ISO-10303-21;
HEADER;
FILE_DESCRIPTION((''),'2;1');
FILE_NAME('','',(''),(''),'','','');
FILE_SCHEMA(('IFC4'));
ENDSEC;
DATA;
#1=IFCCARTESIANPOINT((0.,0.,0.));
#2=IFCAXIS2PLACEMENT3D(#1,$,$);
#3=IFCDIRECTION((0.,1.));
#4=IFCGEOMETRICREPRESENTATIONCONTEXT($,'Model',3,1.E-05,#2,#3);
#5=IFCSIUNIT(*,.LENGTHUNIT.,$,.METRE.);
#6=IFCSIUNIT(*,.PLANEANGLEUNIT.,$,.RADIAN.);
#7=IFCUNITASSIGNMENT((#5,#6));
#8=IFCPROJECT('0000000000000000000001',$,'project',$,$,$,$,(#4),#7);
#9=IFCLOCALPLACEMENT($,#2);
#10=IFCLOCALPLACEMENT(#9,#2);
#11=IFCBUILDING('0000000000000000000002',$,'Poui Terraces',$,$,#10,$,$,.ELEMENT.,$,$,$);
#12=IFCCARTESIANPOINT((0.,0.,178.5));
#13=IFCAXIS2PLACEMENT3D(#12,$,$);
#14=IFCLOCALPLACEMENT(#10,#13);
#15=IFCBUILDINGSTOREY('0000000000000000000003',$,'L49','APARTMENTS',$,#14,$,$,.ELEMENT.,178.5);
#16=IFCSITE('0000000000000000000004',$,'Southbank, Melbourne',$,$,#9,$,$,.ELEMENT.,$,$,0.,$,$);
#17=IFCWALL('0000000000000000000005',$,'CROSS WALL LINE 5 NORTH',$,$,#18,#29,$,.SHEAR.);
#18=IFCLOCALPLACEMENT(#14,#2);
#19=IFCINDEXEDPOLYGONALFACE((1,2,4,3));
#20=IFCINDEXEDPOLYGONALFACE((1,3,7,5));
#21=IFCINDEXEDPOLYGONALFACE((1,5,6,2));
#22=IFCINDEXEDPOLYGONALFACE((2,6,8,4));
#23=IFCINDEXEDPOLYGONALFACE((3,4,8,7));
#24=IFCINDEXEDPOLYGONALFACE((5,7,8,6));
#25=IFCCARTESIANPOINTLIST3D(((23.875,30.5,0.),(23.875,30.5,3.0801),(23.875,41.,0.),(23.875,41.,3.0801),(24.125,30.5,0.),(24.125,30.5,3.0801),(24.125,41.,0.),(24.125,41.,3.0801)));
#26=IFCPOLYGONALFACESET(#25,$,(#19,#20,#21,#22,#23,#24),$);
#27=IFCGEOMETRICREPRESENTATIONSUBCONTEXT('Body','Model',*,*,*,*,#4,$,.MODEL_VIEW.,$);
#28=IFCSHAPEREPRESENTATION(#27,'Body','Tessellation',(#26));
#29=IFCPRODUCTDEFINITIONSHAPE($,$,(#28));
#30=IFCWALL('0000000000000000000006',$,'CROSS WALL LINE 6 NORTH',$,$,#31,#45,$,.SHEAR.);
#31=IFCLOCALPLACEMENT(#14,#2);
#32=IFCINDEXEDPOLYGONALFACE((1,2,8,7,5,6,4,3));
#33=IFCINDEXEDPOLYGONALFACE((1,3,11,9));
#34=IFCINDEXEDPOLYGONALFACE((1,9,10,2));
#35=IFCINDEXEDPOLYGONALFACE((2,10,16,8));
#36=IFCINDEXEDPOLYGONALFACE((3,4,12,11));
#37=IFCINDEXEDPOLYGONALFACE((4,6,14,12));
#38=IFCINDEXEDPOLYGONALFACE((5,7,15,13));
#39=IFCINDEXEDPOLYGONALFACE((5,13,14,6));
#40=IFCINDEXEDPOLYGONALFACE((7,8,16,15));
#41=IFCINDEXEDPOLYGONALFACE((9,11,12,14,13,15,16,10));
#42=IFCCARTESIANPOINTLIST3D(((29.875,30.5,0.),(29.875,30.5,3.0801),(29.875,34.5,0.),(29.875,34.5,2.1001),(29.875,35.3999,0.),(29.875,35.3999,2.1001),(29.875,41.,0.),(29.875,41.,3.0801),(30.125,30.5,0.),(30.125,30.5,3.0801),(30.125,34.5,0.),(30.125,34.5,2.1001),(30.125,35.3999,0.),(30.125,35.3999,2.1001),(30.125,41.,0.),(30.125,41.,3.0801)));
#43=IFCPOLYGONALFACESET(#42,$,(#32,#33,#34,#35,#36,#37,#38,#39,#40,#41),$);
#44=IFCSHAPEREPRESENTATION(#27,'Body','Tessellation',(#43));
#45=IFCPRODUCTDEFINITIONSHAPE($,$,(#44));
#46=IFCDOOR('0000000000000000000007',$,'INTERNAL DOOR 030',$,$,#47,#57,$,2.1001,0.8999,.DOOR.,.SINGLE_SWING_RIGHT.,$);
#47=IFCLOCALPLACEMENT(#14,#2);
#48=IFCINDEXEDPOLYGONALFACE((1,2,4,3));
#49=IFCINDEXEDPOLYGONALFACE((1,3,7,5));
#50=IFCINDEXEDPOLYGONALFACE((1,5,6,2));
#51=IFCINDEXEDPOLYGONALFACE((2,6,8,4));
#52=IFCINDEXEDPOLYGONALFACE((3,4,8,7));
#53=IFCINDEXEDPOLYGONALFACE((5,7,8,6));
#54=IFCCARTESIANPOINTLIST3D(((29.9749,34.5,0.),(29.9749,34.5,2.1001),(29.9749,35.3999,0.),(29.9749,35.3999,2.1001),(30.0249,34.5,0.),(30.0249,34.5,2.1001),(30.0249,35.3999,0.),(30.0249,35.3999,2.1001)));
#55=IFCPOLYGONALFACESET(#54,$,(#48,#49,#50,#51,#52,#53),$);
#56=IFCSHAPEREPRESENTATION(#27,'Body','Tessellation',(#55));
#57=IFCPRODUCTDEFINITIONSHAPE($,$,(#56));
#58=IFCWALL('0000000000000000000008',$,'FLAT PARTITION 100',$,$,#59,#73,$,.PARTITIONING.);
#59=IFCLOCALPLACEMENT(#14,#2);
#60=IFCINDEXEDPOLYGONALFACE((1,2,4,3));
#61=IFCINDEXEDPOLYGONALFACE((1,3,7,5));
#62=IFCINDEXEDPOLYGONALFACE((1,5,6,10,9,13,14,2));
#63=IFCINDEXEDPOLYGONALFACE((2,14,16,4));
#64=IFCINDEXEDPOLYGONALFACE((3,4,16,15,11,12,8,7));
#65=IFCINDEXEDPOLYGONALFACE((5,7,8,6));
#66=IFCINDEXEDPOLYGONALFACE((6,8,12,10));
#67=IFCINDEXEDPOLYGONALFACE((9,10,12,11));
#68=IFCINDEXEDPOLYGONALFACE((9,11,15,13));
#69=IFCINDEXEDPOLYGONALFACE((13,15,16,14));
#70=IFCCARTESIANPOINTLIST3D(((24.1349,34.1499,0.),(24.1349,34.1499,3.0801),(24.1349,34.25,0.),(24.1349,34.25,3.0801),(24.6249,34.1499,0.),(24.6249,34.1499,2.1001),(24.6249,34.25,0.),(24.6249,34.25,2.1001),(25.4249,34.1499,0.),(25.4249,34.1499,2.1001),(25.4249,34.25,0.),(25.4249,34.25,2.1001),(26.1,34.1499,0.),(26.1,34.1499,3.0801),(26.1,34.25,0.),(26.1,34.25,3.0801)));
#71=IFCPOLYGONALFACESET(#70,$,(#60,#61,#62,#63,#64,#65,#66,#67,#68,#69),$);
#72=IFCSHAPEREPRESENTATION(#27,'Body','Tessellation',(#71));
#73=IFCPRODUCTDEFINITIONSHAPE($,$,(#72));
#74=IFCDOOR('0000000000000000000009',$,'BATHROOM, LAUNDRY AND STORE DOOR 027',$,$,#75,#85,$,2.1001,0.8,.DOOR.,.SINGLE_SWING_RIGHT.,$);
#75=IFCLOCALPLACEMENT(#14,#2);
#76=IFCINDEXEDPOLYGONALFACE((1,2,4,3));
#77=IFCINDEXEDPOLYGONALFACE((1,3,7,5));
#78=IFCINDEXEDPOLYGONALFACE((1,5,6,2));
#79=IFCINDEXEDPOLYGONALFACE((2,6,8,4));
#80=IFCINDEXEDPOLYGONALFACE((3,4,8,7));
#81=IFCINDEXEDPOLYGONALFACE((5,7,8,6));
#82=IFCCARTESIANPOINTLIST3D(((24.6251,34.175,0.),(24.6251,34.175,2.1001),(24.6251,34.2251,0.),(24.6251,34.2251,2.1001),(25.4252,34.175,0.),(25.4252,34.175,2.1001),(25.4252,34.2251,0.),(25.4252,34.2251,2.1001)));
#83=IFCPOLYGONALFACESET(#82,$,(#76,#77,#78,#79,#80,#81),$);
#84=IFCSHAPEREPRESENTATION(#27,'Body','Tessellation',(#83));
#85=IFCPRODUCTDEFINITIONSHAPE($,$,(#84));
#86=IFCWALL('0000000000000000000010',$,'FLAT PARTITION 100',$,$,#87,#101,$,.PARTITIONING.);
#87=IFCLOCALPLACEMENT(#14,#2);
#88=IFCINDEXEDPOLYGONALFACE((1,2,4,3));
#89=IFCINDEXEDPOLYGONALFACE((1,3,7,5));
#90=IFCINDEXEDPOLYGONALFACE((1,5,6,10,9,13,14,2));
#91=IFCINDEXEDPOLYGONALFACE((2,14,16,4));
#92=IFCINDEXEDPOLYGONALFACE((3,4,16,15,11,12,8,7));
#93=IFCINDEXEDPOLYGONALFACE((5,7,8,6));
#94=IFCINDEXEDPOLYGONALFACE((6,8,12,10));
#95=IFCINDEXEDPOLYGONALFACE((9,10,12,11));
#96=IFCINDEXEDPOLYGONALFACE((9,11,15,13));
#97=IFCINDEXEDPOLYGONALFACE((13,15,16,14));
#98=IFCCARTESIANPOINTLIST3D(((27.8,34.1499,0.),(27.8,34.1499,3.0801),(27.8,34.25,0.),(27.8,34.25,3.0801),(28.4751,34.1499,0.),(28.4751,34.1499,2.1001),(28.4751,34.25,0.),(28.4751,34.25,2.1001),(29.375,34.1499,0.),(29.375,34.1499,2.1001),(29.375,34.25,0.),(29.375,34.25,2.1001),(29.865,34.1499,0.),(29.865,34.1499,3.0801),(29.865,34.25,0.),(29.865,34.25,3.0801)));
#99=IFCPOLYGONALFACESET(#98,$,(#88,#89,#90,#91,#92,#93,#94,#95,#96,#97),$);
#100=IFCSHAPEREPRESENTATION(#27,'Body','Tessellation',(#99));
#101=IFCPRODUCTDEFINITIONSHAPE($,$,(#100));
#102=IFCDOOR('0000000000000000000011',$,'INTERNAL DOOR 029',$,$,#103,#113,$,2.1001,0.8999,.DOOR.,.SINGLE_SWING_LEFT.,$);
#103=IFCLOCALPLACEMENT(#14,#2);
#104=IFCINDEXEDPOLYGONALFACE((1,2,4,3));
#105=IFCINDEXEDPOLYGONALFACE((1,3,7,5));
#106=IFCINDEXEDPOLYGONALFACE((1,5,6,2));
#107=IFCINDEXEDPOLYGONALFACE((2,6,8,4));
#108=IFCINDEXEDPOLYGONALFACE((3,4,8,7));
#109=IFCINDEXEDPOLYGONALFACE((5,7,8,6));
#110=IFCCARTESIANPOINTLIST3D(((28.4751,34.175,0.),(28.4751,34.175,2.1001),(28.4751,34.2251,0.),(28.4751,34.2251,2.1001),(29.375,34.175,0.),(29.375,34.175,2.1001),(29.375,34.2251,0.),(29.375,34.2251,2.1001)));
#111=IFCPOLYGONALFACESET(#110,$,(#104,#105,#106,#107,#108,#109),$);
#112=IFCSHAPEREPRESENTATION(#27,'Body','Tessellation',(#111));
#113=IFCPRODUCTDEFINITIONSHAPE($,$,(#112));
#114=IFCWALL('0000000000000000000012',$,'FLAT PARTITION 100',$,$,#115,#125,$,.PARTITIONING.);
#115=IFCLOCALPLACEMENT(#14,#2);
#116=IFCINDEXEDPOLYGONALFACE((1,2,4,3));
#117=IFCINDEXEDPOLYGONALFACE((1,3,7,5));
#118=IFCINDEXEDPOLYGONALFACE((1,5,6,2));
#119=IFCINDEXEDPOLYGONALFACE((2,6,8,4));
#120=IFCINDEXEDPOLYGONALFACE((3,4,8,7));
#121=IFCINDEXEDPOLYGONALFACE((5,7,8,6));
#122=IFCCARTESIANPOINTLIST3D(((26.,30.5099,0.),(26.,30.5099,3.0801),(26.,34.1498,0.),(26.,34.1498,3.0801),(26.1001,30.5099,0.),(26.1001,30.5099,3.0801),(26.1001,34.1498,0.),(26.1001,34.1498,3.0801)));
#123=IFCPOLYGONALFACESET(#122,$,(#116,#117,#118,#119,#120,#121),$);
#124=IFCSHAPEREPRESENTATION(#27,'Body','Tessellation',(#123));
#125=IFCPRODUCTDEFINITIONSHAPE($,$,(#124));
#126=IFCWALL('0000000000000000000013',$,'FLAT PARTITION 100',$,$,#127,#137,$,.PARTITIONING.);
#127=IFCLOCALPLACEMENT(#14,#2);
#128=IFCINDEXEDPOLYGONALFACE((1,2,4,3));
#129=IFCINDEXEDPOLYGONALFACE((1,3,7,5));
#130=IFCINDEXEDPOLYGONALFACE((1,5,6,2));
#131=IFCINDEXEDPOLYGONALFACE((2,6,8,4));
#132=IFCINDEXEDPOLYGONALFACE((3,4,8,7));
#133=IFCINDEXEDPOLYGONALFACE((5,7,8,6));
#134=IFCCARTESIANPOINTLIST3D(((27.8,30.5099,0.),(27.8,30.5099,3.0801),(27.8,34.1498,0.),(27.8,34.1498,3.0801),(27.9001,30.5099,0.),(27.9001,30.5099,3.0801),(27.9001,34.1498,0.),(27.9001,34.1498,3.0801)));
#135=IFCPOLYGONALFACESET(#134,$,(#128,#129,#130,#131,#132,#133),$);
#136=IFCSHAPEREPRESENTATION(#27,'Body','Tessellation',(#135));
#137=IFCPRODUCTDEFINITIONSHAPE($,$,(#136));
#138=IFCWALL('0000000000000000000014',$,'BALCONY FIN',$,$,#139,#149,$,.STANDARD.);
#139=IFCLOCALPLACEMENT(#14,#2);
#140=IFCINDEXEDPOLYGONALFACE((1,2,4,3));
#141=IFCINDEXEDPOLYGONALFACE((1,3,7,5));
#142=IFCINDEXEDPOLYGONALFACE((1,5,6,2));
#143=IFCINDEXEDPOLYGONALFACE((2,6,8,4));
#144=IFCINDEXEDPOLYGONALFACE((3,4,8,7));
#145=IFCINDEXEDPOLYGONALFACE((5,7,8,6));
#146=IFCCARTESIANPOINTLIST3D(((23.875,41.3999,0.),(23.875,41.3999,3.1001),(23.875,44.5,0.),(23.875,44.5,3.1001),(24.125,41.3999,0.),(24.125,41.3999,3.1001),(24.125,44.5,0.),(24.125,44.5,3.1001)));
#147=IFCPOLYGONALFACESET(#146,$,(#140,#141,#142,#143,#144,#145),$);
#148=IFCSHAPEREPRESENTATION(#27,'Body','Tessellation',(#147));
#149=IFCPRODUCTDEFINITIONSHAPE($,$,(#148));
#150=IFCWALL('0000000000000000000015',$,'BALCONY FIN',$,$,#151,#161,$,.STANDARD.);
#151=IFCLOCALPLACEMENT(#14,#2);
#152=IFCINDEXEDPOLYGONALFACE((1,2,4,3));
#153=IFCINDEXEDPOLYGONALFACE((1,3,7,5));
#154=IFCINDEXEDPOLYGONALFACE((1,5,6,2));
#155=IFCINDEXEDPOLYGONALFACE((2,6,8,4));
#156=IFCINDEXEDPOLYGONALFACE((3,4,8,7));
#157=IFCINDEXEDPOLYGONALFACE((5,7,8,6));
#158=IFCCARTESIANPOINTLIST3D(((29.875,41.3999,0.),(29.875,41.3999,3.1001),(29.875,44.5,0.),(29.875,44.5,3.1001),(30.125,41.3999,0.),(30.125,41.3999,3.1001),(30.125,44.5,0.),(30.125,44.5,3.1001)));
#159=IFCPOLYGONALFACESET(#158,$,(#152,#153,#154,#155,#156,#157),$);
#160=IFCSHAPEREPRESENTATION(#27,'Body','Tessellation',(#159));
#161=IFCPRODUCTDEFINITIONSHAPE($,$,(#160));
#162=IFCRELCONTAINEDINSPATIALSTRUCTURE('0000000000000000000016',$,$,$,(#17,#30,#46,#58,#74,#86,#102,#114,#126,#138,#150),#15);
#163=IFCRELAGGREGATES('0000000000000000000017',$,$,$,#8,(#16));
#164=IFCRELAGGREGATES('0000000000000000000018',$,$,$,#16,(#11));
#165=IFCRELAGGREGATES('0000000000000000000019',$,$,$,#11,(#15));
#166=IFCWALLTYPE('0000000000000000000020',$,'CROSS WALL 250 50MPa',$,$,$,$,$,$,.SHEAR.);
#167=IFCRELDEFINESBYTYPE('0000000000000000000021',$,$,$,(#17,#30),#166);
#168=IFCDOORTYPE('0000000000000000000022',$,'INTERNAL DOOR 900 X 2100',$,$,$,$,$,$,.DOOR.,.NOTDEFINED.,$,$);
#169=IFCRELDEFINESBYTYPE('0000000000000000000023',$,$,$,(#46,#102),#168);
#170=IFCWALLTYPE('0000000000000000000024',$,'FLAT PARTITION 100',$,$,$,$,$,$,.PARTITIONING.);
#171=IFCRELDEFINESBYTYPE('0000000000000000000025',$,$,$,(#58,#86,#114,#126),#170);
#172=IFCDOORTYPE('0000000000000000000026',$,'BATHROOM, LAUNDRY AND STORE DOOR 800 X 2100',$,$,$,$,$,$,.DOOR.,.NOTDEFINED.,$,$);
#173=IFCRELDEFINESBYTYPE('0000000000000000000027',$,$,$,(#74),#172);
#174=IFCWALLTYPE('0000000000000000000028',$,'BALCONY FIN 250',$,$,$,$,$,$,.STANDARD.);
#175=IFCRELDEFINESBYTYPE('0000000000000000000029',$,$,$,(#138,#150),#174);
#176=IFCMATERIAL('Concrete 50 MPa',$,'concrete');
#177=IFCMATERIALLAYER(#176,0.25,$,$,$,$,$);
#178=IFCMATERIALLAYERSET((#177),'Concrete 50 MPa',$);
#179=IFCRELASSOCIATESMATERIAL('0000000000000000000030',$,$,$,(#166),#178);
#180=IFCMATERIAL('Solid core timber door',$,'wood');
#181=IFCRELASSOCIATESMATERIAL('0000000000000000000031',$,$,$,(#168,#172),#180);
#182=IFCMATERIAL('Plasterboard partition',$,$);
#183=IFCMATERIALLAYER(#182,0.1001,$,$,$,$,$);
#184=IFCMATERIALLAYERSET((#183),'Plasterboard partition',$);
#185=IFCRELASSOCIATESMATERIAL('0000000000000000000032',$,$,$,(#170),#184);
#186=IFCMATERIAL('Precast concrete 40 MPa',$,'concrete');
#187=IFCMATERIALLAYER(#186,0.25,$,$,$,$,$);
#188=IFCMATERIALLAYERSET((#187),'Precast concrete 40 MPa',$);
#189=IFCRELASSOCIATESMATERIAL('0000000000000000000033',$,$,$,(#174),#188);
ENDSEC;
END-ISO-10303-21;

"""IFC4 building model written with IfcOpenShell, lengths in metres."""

from ifc_helpers import new_model, si_unit, direction, frame, frame_2d, origin, place, context, subcontext, project, spatial, polyline, rectangle, outline, extrude, source, transform, mapped, material, layer, layer_set, type_object, element, fill, save


model = new_model("IFC4")

# Units and contexts
model_context = context("Model", 3, precision=1e-05, world=origin(), true_north=direction((0.0, 1.0)))
body_context = subcontext(model_context, "Body", "Model", "MODEL_VIEW")
ifc_project = project(units=[si_unit("LENGTHUNIT", "METRE"), si_unit("PLANEANGLEUNIT", "RADIAN")], contexts=[model_context])

# Site, building, storey
site_placement = place(None, origin())
site = spatial("IfcSite", under=ifc_project, at=site_placement, Name="Southbank, Melbourne", CompositionType="ELEMENT", RefElevation=0.0)
building_placement = place(site_placement, origin())
building = spatial("IfcBuilding", under=site, at=building_placement, Name="Poui Terraces", CompositionType="ELEMENT")
storey_placement = place(building_placement, frame((0.0, 0.0, 178.5)))
storey = spatial("IfcBuildingStorey", under=building, at=storey_placement, Name="L49", Description="APARTMENTS", CompositionType="ELEMENT", Elevation=178.5)

# Wall
ifc_material_1 = material(Name="Concrete 50 MPa", Category="concrete")
ifc_layer_1 = layer(ifc_material_1, 0.25)
ifc_layer_set_1 = layer_set([ifc_layer_1], Name="Concrete 50 MPa")
wall_type_1 = type_object("IfcWallType", Name="CROSS WALL 250 50MPa", PredefinedType="SHEAR", material=ifc_layer_set_1)
wall_1_placement = place(storey_placement, frame((24.0, 30.5, 0.0), z_axis=(0.0, 0.0, 1.0), x_axis=(0.0, 1.0, 0.0)))
element("IfcWall", 1, at=wall_1_placement, inside=storey, type_object=wall_type_1, Name="CROSS WALL LINE 5 NORTH", PredefinedType="SHEAR", context=body_context, shape_type="SweptSolid", body=[
    extrude(rectangle(XDim=10.5, YDim=0.25, at=frame_2d((5.25, 0.0))), origin(), (0.0, 0.0, 1.0), 3.0801),
])

# Walls, openings, doors
wall_2_placement = place(storey_placement, frame((30.0, 30.5, 0.0), z_axis=(0.0, 0.0, 1.0), x_axis=(0.0, 1.0, 0.0)))
wall_2 = element("IfcWall", 2, at=wall_2_placement, inside=storey, type_object=wall_type_1, Name="CROSS WALL LINE 6 NORTH", PredefinedType="SHEAR", context=body_context, shape_type="SweptSolid", body=[
    extrude(rectangle(XDim=10.5, YDim=0.25, at=frame_2d((5.25, 0.0))), origin(), (0.0, 0.0, 1.0), 3.0801),
])
opening_1_placement = place(wall_2_placement, frame((4.0, 0.0, 0.0)))
opening_1 = element("IfcOpeningElement", 3, at=opening_1_placement, cuts=wall_2, PredefinedType="OPENING", context=body_context, shape_type="SweptSolid", body=[
    extrude(rectangle(XDim=0.8999, YDim=2.1001, at=frame_2d((0.45, 1.05))), frame((0.0, 0.135, 0.0), z_axis=(0.0, -1.0, 0.0), x_axis=(1.0, 0.0, 0.0)), (0.0, 0.0, 1.0), 0.27),
])
ifc_material_2 = material(Name="Solid core timber door", Category="wood")
door_type_1 = type_object("IfcDoorType", Name="INTERNAL DOOR 900 X 2100", OperationType="NOTDEFINED", PredefinedType="DOOR", material=ifc_material_2)
door_1_placement = place(opening_1_placement, frame((0.8999, 0.0, 0.0), z_axis=(0.0, 0.0, 1.0), x_axis=(-1.0, 0.0, 0.0)))
door_1 = element("IfcDoor", 4, at=door_1_placement, inside=storey, type_object=door_type_1, Name="INTERNAL DOOR 030", OperationType="SINGLE_SWING_RIGHT", OverallHeight=2.1001, OverallWidth=0.8999, PredefinedType="DOOR", context=body_context, shape_type="SweptSolid", body=[
    extrude(rectangle(XDim=0.8999, YDim=2.1001, at=frame_2d((0.45, 1.05))), frame((0.0, 0.0249, 0.0), z_axis=(0.0, -1.0, 0.0), x_axis=(1.0, 0.0, 0.0)), (0.0, 0.0, 1.0), 0.05),
])
fill(opening_1, door_1)
ifc_material_3 = material(Name="Plasterboard partition")
ifc_layer_2 = layer(ifc_material_3, 0.1001)
ifc_layer_set_2 = layer_set([ifc_layer_2], Name="Plasterboard partition")
wall_type_2 = type_object("IfcWallType", Name="FLAT PARTITION 100", PredefinedType="PARTITIONING", material=ifc_layer_set_2)
wall_3_placement = place(storey_placement, frame((24.135, 34.2, 0.0), z_axis=(0.0, 0.0, 1.0), x_axis=(1.0, 0.0, 0.0)))
wall_3 = element("IfcWall", 5, at=wall_3_placement, inside=storey, type_object=wall_type_2, Name="FLAT PARTITION 100", PredefinedType="PARTITIONING", context=body_context, shape_type="SweptSolid", body=[
    extrude(rectangle(XDim=1.9651, YDim=0.1001, at=frame_2d((0.9824, 0.0))), origin(), (0.0, 0.0, 1.0), 3.0801),
])
opening_2_placement = place(wall_3_placement, frame((0.49, 0.0, 0.0)))
opening_2 = element("IfcOpeningElement", 6, at=opening_2_placement, cuts=wall_3, PredefinedType="OPENING", context=body_context, shape_type="SweptSolid", body=[
    extrude(rectangle(XDim=0.8, YDim=2.1001, at=frame_2d((0.3999, 1.05))), frame((0.0, 0.0601, 0.0), z_axis=(0.0, -1.0, 0.0), x_axis=(1.0, 0.0, 0.0)), (0.0, 0.0, 1.0), 0.1201),
])
door_type_2 = type_object("IfcDoorType", Name="BATHROOM, LAUNDRY AND STORE DOOR 800 X 2100", OperationType="NOTDEFINED", PredefinedType="DOOR", material=ifc_material_2)
door_2_placement = place(opening_2_placement, frame((0.8, 0.0, 0.0), z_axis=(0.0, 0.0, 1.0), x_axis=(-1.0, 0.0, 0.0)))
door_2 = element("IfcDoor", 7, at=door_2_placement, inside=storey, type_object=door_type_2, Name="BATHROOM, LAUNDRY AND STORE DOOR 027", OperationType="SINGLE_SWING_RIGHT", OverallHeight=2.1001, OverallWidth=0.8, PredefinedType="DOOR", context=body_context, shape_type="SweptSolid", body=[
    extrude(rectangle(XDim=0.8, YDim=2.1001, at=frame_2d((0.3999, 1.05))), frame((0.0, 0.0249, 0.0), z_axis=(0.0, -1.0, 0.0), x_axis=(1.0, 0.0, 0.0)), (0.0, 0.0, 1.0), 0.05),
])
fill(opening_2, door_2)
wall_4_placement = place(storey_placement, frame((27.8, 34.2, 0.0), z_axis=(0.0, 0.0, 1.0), x_axis=(1.0, 0.0, 0.0)))
wall_4 = element("IfcWall", 8, at=wall_4_placement, inside=storey, type_object=wall_type_2, Name="FLAT PARTITION 100", PredefinedType="PARTITIONING", context=body_context, shape_type="SweptSolid", body=[
    extrude(rectangle(XDim=2.0649, YDim=0.1001, at=frame_2d((1.0325, 0.0))), origin(), (0.0, 0.0, 1.0), 3.0801),
])
opening_3_placement = place(wall_4_placement, frame((0.675, 0.0, 0.0)))
opening_3 = element("IfcOpeningElement", 9, at=opening_3_placement, cuts=wall_4, PredefinedType="OPENING", context=body_context, shape_type="SweptSolid", body=[
    extrude(rectangle(XDim=0.8999, YDim=2.1001, at=frame_2d((0.45, 1.05))), frame((0.0, 0.0601, 0.0), z_axis=(0.0, -1.0, 0.0), x_axis=(1.0, 0.0, 0.0)), (0.0, 0.0, 1.0), 0.1201),
])
door_3_placement = place(opening_3_placement, frame((0.8999, 0.0, 0.0), z_axis=(0.0, 0.0, 1.0), x_axis=(-1.0, 0.0, 0.0)))
door_3 = element("IfcDoor", 10, at=door_3_placement, inside=storey, type_object=door_type_1, Name="INTERNAL DOOR 029", OperationType="SINGLE_SWING_LEFT", OverallHeight=2.1001, OverallWidth=0.8999, PredefinedType="DOOR", context=body_context, shape_type="SweptSolid", body=[
    extrude(rectangle(XDim=0.8999, YDim=2.1001, at=frame_2d((0.45, 1.05))), frame((0.0, 0.0249, 0.0), z_axis=(0.0, -1.0, 0.0), x_axis=(1.0, 0.0, 0.0)), (0.0, 0.0, 1.0), 0.05),
])
fill(opening_3, door_3)

# Walls
for number, where, z_axis, x_axis, name in (
    (11, (26.05, 30.51, 0.0), (0.0, 0.0, 1.0), (0.0, 1.0, 0.0), "FLAT PARTITION 100"),
    (12, (27.8501, 30.51, 0.0), (0.0, 0.0, 1.0), (0.0, 1.0, 0.0), "FLAT PARTITION 100"),
):
    element("IfcWall", number, at=place(storey_placement, frame(where, z_axis=z_axis, x_axis=x_axis)), inside=storey, type_object=wall_type_2, Name=name, PredefinedType="PARTITIONING", context=body_context, shape_type="SweptSolid", body=[
        extrude(rectangle(XDim=3.6399, YDim=0.1001, at=frame_2d((1.8198, 0.0))), origin(), (0.0, 0.0, 1.0), 3.0801),
    ])
ifc_material_4 = material(Name="Precast concrete 40 MPa", Category="concrete")
ifc_layer_3 = layer(ifc_material_4, 0.25)
ifc_layer_set_3 = layer_set([ifc_layer_3], Name="Precast concrete 40 MPa")
wall_type_3 = type_object("IfcWallType", Name="BALCONY FIN 250", PredefinedType="STANDARD", material=ifc_layer_set_3)
shared_shape_1 = source(origin(), body_context, "Body", "SweptSolid", [
    extrude(outline(polyline([(0.0, 0.0), (0.25, 0.0), (0.25, 3.1001), (0.0, 3.1001), (0.0, 0.0)])), origin(), (0.0, 0.0, 1.0), 3.1001),
])
for number, where, name in (
    (13, (23.875, 41.3999, 0.0), "BALCONY FIN"),
    (14, (29.875, 41.3999, 0.0), "BALCONY FIN"),
):
    element("IfcWall", number, at=place(storey_placement, frame(where)), inside=storey, type_object=wall_type_3, Name=name, PredefinedType="STANDARD", context=body_context, shape_type="MappedRepresentation", body=[
        mapped(shared_shape_1, transform((0.0, 0.0, 0.0))),
    ])

save(model, "model.ifc")
